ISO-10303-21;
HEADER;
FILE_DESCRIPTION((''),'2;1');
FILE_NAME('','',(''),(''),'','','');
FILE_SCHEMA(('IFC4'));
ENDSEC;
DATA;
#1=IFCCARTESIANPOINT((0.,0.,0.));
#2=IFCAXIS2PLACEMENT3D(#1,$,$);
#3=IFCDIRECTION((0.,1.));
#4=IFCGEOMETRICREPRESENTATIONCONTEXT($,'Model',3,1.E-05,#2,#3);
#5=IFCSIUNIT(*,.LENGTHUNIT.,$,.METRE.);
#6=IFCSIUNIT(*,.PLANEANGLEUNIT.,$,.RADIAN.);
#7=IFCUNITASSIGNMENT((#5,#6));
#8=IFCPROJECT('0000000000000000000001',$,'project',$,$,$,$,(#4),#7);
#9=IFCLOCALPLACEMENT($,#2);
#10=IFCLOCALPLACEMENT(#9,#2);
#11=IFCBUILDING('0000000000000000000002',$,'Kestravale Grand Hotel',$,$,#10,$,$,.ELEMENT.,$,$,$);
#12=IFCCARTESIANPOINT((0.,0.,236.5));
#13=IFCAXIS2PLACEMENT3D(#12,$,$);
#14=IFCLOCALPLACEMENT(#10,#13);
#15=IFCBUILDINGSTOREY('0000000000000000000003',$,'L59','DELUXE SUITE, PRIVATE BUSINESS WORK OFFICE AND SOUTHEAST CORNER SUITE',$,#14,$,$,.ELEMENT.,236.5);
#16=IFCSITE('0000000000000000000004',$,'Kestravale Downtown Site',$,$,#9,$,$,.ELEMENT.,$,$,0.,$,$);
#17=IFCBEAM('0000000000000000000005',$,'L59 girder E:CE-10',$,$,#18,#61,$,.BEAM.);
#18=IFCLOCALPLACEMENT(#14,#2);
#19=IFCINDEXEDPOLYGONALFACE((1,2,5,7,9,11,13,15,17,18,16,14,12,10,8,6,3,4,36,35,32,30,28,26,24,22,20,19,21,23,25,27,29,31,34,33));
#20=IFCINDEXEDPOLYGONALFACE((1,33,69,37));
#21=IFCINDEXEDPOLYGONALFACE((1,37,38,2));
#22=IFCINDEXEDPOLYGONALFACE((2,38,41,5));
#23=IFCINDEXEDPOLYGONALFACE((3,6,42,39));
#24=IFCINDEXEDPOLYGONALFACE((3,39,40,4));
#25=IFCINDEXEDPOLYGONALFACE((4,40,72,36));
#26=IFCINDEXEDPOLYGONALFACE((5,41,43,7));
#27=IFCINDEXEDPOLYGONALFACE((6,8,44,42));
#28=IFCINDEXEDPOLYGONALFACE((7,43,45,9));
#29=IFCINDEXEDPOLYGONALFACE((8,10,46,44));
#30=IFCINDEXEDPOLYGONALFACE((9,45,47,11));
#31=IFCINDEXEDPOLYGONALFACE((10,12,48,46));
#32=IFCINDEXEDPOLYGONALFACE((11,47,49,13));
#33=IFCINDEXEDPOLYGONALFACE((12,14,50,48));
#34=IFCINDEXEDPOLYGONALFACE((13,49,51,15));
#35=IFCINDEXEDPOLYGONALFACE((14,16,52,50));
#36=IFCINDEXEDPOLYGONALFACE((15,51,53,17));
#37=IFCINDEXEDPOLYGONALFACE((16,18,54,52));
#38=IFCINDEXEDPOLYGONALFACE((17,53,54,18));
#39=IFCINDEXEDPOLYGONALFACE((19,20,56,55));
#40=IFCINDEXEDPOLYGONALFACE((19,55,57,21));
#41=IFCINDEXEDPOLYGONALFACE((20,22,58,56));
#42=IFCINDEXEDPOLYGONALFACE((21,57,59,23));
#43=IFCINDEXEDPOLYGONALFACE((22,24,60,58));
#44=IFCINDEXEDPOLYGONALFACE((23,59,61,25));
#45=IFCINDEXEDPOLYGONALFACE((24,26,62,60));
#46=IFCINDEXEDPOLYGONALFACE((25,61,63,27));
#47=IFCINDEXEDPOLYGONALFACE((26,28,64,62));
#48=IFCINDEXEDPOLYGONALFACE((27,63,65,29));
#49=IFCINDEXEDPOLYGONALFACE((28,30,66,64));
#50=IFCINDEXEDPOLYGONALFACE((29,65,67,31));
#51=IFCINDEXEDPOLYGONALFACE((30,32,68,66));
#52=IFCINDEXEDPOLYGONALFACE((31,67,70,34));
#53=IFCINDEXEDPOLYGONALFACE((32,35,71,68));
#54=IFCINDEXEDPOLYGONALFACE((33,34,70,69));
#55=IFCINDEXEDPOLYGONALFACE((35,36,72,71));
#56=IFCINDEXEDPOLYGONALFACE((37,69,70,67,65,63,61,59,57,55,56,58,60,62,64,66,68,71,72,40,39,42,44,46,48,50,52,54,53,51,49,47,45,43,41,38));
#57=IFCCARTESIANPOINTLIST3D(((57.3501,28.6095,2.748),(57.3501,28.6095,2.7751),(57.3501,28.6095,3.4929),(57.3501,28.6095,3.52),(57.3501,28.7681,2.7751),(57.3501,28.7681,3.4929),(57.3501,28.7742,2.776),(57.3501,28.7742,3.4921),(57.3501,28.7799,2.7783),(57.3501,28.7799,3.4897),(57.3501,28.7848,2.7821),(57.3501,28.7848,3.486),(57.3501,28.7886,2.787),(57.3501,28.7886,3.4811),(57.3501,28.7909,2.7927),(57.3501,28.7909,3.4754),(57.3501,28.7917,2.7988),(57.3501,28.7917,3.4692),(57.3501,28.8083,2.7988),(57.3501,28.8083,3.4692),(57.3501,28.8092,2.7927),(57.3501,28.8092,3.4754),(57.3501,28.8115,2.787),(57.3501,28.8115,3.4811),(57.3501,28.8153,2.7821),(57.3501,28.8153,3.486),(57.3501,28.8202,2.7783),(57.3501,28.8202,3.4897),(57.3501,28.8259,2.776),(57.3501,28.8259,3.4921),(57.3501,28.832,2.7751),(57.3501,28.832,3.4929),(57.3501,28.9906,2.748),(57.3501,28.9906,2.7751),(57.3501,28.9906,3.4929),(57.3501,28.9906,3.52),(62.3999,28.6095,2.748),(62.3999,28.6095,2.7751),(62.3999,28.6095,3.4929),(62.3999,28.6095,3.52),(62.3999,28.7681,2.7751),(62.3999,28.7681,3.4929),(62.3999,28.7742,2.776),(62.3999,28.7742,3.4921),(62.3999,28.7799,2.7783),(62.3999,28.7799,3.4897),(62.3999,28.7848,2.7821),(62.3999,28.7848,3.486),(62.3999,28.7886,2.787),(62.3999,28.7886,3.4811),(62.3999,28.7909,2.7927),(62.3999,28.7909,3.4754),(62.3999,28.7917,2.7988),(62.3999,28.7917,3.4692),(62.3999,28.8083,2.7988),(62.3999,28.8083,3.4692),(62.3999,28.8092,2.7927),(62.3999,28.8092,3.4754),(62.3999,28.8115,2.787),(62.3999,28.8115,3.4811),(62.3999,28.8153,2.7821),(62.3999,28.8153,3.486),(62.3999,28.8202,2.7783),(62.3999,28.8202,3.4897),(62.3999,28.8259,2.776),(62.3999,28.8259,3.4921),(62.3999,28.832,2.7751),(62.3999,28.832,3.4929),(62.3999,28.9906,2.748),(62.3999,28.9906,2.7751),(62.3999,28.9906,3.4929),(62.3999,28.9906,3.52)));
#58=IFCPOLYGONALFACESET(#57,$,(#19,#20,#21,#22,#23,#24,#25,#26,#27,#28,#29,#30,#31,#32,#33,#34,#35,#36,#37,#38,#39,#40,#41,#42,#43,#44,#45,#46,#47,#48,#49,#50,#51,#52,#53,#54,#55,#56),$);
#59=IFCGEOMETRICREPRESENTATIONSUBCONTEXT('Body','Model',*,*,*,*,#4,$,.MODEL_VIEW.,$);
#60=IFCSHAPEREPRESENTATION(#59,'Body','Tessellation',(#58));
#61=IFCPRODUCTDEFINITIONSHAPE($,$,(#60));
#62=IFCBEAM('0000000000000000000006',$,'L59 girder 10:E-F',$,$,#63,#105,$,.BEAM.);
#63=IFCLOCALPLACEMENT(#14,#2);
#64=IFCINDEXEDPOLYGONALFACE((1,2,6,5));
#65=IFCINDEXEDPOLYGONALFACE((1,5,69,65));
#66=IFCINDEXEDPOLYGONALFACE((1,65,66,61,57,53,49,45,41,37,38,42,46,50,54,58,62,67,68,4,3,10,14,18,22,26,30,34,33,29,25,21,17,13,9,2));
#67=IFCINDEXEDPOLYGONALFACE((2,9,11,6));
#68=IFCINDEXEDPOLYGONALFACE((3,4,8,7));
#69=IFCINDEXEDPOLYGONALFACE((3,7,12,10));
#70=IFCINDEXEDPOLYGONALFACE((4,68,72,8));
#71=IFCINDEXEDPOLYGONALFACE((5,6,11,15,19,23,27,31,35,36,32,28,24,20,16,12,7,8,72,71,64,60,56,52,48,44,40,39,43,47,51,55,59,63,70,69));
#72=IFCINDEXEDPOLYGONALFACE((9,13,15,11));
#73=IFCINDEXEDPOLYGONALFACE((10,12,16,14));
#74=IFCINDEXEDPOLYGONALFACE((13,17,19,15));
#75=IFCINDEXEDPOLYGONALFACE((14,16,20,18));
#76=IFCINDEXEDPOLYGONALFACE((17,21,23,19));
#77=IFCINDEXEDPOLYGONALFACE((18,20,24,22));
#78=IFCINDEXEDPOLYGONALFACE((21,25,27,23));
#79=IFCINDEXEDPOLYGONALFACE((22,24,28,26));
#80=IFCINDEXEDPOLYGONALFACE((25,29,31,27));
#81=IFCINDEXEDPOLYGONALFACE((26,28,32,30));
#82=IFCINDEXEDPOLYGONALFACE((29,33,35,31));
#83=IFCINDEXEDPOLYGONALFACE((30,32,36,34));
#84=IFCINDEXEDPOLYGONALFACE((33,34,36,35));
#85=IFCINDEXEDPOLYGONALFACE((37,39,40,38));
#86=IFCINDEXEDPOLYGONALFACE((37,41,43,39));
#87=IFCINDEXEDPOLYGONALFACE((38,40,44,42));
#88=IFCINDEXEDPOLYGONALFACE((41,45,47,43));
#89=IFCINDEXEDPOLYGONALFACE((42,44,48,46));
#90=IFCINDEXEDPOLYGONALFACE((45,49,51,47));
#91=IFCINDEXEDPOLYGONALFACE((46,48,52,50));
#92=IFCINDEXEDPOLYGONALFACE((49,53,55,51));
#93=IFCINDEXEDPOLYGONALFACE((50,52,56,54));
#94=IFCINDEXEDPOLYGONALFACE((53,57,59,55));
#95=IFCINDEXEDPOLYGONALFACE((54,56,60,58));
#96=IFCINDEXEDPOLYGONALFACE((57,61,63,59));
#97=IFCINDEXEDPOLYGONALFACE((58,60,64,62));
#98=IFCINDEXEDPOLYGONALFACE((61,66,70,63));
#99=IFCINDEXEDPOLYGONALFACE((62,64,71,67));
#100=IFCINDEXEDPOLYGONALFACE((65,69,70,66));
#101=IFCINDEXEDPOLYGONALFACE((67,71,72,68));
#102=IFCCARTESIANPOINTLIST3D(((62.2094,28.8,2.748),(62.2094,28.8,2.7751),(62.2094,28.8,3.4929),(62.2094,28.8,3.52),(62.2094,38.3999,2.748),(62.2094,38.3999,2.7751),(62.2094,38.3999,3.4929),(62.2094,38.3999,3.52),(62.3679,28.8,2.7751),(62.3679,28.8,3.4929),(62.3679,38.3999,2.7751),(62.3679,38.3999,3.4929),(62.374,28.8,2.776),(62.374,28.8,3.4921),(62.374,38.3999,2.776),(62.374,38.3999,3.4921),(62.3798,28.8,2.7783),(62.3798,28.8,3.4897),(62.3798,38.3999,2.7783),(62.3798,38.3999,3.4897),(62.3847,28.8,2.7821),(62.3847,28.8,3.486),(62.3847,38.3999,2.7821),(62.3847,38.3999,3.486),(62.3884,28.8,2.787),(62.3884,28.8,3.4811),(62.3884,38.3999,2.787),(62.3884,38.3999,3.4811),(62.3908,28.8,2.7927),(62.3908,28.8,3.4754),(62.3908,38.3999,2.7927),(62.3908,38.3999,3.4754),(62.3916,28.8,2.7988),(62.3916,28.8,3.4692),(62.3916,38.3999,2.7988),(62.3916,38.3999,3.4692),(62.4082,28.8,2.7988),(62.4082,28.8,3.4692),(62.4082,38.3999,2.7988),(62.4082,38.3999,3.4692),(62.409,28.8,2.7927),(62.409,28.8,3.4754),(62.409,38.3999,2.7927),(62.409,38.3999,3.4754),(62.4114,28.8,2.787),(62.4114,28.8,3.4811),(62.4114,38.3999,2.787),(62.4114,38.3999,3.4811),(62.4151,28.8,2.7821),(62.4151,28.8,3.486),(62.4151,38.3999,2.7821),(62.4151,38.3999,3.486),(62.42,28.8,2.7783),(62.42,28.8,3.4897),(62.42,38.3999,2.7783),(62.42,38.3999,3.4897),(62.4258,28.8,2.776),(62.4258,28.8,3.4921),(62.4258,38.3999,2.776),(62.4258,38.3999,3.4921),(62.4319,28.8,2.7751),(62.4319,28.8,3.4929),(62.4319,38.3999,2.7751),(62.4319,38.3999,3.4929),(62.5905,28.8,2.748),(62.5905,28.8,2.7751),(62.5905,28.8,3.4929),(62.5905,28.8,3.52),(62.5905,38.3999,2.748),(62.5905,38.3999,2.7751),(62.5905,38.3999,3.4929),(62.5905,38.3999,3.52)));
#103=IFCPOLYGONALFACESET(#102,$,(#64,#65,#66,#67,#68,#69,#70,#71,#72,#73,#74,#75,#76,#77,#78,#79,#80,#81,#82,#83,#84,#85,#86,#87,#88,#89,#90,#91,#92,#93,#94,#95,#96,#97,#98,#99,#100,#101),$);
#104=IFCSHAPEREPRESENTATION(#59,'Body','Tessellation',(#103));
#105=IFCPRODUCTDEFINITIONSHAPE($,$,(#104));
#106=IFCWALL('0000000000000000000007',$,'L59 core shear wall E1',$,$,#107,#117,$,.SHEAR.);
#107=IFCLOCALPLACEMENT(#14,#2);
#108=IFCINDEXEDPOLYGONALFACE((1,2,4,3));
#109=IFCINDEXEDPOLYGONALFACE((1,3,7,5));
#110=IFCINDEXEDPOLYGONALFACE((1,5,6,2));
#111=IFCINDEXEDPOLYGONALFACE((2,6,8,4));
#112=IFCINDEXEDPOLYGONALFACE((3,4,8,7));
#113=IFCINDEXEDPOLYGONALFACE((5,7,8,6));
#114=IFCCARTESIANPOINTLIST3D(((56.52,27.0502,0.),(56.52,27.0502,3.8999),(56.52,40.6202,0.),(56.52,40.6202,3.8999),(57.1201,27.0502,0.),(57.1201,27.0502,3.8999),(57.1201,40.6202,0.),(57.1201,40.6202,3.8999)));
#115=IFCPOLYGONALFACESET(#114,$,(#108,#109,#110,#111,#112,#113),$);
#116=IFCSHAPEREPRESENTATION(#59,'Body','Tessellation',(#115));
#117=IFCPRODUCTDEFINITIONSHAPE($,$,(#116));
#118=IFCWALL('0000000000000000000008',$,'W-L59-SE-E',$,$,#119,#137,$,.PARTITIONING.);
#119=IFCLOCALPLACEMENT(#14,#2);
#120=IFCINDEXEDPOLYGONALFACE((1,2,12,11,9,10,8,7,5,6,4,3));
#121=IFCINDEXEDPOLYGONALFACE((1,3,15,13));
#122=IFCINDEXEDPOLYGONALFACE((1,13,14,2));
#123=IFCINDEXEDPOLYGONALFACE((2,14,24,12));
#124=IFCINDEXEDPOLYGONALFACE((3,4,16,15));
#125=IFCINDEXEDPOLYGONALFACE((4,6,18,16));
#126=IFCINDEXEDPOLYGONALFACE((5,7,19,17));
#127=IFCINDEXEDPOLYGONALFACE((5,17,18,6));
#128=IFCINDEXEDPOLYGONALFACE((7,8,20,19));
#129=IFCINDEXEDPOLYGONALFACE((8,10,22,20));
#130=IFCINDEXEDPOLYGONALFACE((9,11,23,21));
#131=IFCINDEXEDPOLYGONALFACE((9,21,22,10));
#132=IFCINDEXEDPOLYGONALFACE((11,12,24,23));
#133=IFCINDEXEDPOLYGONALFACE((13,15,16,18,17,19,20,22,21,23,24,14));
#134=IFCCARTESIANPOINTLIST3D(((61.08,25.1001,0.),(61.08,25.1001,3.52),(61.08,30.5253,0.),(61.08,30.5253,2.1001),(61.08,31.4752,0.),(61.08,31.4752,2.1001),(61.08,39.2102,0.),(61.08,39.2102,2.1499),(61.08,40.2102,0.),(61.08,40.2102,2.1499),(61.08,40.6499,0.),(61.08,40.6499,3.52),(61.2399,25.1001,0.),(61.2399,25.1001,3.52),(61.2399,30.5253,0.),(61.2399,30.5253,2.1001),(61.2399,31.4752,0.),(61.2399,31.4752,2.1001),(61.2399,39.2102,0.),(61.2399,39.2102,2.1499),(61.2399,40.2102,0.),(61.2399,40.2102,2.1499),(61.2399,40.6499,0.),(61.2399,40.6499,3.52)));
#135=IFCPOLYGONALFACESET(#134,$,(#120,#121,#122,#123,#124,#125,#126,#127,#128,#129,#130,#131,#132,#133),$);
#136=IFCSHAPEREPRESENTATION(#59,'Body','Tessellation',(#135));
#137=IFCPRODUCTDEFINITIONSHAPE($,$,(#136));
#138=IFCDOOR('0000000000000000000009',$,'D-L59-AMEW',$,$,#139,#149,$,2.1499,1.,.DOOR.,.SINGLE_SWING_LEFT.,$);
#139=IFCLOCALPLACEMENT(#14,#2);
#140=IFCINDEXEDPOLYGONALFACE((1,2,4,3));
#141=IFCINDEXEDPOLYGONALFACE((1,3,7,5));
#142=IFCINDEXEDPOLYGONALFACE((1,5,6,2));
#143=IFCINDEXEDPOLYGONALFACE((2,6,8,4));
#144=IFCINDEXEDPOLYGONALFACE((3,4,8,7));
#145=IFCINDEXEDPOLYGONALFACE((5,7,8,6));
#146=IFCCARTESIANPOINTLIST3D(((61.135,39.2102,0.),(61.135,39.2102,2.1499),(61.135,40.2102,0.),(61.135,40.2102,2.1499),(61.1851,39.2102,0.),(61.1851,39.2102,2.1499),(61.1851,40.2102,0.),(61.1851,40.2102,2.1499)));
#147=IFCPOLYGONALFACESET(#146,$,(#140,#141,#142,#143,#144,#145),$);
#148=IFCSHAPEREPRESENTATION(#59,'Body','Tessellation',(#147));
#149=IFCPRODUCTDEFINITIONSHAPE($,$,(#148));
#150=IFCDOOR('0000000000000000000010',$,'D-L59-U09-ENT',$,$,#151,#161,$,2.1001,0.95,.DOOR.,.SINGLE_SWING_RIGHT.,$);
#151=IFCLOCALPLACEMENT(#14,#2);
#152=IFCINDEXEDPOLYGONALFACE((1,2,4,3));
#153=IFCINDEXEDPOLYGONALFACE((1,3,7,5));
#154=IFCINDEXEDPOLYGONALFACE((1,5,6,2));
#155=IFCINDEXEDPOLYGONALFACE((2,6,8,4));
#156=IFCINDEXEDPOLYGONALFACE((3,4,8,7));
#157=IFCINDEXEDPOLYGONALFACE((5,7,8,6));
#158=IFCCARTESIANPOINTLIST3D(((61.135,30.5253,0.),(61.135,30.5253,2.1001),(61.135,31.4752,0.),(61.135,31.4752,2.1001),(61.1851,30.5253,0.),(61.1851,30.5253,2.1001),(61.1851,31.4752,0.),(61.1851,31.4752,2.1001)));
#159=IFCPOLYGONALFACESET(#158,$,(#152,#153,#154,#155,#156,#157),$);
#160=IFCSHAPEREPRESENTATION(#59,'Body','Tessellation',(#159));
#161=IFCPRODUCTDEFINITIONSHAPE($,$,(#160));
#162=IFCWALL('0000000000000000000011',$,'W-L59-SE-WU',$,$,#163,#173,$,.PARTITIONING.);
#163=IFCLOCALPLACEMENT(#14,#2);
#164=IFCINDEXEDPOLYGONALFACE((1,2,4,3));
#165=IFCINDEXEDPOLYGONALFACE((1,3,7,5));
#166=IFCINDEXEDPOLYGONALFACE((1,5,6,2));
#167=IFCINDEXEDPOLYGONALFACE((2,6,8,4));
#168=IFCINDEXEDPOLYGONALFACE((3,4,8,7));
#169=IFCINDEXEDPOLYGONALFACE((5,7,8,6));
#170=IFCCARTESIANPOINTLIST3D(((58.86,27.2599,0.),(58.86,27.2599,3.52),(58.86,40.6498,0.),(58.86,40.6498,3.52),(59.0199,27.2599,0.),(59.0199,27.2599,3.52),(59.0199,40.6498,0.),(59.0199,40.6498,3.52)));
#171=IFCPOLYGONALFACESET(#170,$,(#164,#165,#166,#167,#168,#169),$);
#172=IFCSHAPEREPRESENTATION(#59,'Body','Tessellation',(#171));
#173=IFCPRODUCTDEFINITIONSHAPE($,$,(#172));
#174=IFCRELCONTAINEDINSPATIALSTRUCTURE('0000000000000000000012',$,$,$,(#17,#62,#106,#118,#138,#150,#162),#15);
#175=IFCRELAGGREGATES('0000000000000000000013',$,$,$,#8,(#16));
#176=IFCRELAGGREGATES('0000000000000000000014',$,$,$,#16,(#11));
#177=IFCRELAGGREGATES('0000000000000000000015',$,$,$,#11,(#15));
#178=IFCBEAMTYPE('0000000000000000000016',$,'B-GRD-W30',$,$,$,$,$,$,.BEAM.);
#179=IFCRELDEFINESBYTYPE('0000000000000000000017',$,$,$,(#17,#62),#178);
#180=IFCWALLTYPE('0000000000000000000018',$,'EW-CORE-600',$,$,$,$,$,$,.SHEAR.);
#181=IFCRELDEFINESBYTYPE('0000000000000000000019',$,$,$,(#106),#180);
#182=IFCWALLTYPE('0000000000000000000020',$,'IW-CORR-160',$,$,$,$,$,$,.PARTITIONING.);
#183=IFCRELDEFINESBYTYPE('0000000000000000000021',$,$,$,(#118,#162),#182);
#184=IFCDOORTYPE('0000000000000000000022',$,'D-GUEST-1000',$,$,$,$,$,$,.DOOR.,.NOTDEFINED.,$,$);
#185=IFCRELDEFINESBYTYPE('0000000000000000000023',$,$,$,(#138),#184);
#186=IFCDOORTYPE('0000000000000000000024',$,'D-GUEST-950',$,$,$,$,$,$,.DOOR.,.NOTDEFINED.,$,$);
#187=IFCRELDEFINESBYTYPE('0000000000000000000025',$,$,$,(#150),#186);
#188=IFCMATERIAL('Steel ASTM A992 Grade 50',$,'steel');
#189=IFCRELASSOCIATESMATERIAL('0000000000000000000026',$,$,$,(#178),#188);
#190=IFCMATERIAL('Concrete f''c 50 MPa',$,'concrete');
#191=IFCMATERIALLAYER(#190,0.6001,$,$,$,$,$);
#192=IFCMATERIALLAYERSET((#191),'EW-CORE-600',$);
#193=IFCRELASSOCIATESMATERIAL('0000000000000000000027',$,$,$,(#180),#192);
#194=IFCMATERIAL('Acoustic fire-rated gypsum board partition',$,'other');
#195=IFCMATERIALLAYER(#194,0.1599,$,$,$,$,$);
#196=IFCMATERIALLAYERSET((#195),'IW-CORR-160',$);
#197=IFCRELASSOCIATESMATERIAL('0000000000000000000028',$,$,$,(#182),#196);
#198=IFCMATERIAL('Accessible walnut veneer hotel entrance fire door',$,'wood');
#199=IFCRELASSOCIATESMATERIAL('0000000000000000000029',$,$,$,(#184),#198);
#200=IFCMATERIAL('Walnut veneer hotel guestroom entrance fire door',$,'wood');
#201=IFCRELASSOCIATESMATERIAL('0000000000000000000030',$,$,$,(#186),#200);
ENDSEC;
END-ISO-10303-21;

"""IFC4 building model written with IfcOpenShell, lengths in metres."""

from ifc_helpers import new_model, si_unit, direction, frame, frame_2d, origin, origin_2d, place, context, subcontext, project, spatial, rectangle, i_section, extrude, material, layer, layer_set, material_profile, profile_set, type_object, element, fill, save


model = new_model("IFC4")

# Units and contexts
model_context = context("Model", 3, precision=1e-05, world=origin(), true_north=direction((0.0, 1.0)))
body_context = subcontext(model_context, "Body", "Model", "MODEL_VIEW")
ifc_project = project(units=[si_unit("LENGTHUNIT", "METRE"), si_unit("PLANEANGLEUNIT", "RADIAN")], contexts=[model_context])

# Site, building, storey
site_placement = place(None, origin())
site = spatial("IfcSite", under=ifc_project, at=site_placement, Name="Kestravale Downtown Site", CompositionType="ELEMENT", RefElevation=0.0)
building_placement = place(site_placement, origin())
building = spatial("IfcBuilding", under=site, at=building_placement, Name="Kestravale Grand Hotel", CompositionType="ELEMENT")
storey_placement = place(building_placement, frame((0.0, 0.0, 236.5)))
storey = spatial("IfcBuildingStorey", under=building, at=storey_placement, Name="L59", Description="DELUXE SUITE, PRIVATE BUSINESS WORK OFFICE AND SOUTHEAST CORNER SUITE", CompositionType="ELEMENT", Elevation=236.5)

# Beams
ifc_material_1 = material(Name="Steel ASTM A992 Grade 50", Category="steel")
ifc_material_profile_1 = material_profile(ifc_material_1, i_section(OverallWidth=0.3811, OverallDepth=0.772, WebThickness=0.0166, FlangeThickness=0.0271, FilletRadius=0.0237, at=origin_2d()))
ifc_profile_set_1 = profile_set([ifc_material_profile_1], Name="Steel ASTM A992 Grade 50")
beam_type_1 = type_object("IfcBeamType", Name="B-GRD-W30", PredefinedType="BEAM", material=ifc_profile_set_1)
beam_1_placement = place(storey_placement, frame((57.3501, 28.8, 3.134), z_axis=(1.0, 0.0, 0.0), x_axis=(0.0, 1.0, 0.0)))
element("IfcBeam", 1, at=beam_1_placement, inside=storey, type_object=beam_type_1, Name="L59 girder E:CE-10", PredefinedType="BEAM", context=body_context, shape_type="SweptSolid", body=[
    extrude(i_section(OverallWidth=0.3811, OverallDepth=0.772, WebThickness=0.0166, FlangeThickness=0.0271, FilletRadius=0.0237, at=origin_2d()), origin(), (0.0, 0.0, 1.0), 5.0498),
])
beam_2_placement = place(storey_placement, frame((62.3999, 28.8, 3.134), z_axis=(0.0, 1.0, 0.0), x_axis=(-1.0, 0.0, 0.0)))
element("IfcBeam", 2, at=beam_2_placement, inside=storey, type_object=beam_type_1, Name="L59 girder 10:E-F", PredefinedType="BEAM", context=body_context, shape_type="SweptSolid", body=[
    extrude(i_section(OverallWidth=0.3811, OverallDepth=0.772, WebThickness=0.0166, FlangeThickness=0.0271, FilletRadius=0.0237, at=origin_2d()), origin(), (0.0, 0.0, 1.0), 9.5999),
])

# Wall
ifc_material_2 = material(Name="Concrete f'c 50 MPa", Category="concrete")
ifc_layer_1 = layer(ifc_material_2, 0.6001)
ifc_layer_set_1 = layer_set([ifc_layer_1], Name="EW-CORE-600")
wall_type_1 = type_object("IfcWallType", Name="EW-CORE-600", PredefinedType="SHEAR", material=ifc_layer_set_1)
wall_1_placement = place(storey_placement, frame((56.8201, 27.05, 0.0), z_axis=(0.0, 0.0, 1.0), x_axis=(0.0, 1.0, 0.0)))
element("IfcWall", 3, at=wall_1_placement, inside=storey, type_object=wall_type_1, Name="L59 core shear wall E1", PredefinedType="SHEAR", context=body_context, shape_type="SweptSolid", body=[
    extrude(rectangle(XDim=13.5701, YDim=0.6001, at=frame_2d((6.7852, 0.0))), origin(), (0.0, 0.0, 1.0), 3.8999),
])

# Wall, openings, doors
ifc_material_3 = material(Name="Acoustic fire-rated gypsum board partition", Category="other")
ifc_layer_2 = layer(ifc_material_3, 0.1599)
ifc_layer_set_2 = layer_set([ifc_layer_2], Name="IW-CORR-160")
wall_type_2 = type_object("IfcWallType", Name="IW-CORR-160", PredefinedType="PARTITIONING", material=ifc_layer_set_2)
wall_2_placement = place(storey_placement, frame((61.1599, 25.1001, 0.0), z_axis=(0.0, 0.0, 1.0), x_axis=(0.0, 1.0, 0.0)))
wall_2 = element("IfcWall", 4, at=wall_2_placement, inside=storey, type_object=wall_type_2, Name="W-L59-SE-E", PredefinedType="PARTITIONING", context=body_context, shape_type="SweptSolid", body=[
    extrude(rectangle(XDim=15.5498, YDim=0.1599, at=frame_2d((7.7749, 0.0))), origin(), (0.0, 0.0, 1.0), 3.52),
])
opening_1_placement = place(wall_2_placement, frame((5.425, 0.0, 0.0)))
opening_1 = element("IfcOpeningElement", 5, at=opening_1_placement, cuts=wall_2, PredefinedType="OPENING", context=body_context, shape_type="SweptSolid", body=[
    extrude(rectangle(XDim=0.95, YDim=2.1001, at=frame_2d((0.4751, 1.05))), frame((0.0, 0.0898, 0.0), z_axis=(0.0, -1.0, 0.0), x_axis=(1.0, 0.0, 0.0)), (0.0, 0.0, 1.0), 0.1799),
])
opening_2_placement = place(wall_2_placement, frame((14.1101, 0.0, 0.0)))
opening_2 = element("IfcOpeningElement", 6, at=opening_2_placement, cuts=wall_2, PredefinedType="OPENING", context=body_context, shape_type="SweptSolid", body=[
    extrude(rectangle(XDim=1.0, YDim=2.1499, at=frame_2d((0.5, 1.075))), frame((0.0, 0.0898, 0.0), z_axis=(0.0, -1.0, 0.0), x_axis=(1.0, 0.0, 0.0)), (0.0, 0.0, 1.0), 0.1799),
])
ifc_material_4 = material(Name="Accessible walnut veneer hotel entrance fire door", Category="wood")
door_type_1 = type_object("IfcDoorType", Name="D-GUEST-1000", OperationType="NOTDEFINED", PredefinedType="DOOR", material=ifc_material_4)
door_1_placement = place(opening_2_placement, origin())
door_1 = element("IfcDoor", 7, at=door_1_placement, inside=storey, type_object=door_type_1, Name="D-L59-AMEW", OperationType="SINGLE_SWING_LEFT", OverallHeight=2.1499, OverallWidth=1.0, PredefinedType="DOOR", context=body_context, shape_type="SweptSolid", body=[
    extrude(rectangle(XDim=1.0, YDim=2.1499, at=frame_2d((0.5, 1.075))), frame((0.0, 0.0249, 0.0), z_axis=(0.0, -1.0, 0.0), x_axis=(1.0, 0.0, 0.0)), (0.0, 0.0, 1.0), 0.05),
])
fill(opening_2, door_1)
ifc_material_5 = material(Name="Walnut veneer hotel guestroom entrance fire door", Category="wood")
door_type_2 = type_object("IfcDoorType", Name="D-GUEST-950", OperationType="NOTDEFINED", PredefinedType="DOOR", material=ifc_material_5)
door_2_placement = place(opening_1_placement, origin())
door_2 = element("IfcDoor", 8, at=door_2_placement, inside=storey, type_object=door_type_2, Name="D-L59-U09-ENT", OperationType="SINGLE_SWING_RIGHT", OverallHeight=2.1001, OverallWidth=0.95, PredefinedType="DOOR", context=body_context, shape_type="SweptSolid", body=[
    extrude(rectangle(XDim=0.95, YDim=2.1001, at=frame_2d((0.4751, 1.05))), frame((0.0, 0.0249, 0.0), z_axis=(0.0, -1.0, 0.0), x_axis=(1.0, 0.0, 0.0)), (0.0, 0.0, 1.0), 0.05),
])
fill(opening_1, door_2)

# Wall
wall_3_placement = place(storey_placement, frame((58.9399, 27.26, 0.0), z_axis=(0.0, 0.0, 1.0), x_axis=(0.0, 1.0, 0.0)))
element("IfcWall", 9, at=wall_3_placement, inside=storey, type_object=wall_type_2, Name="W-L59-SE-WU", PredefinedType="PARTITIONING", context=body_context, shape_type="SweptSolid", body=[
    extrude(rectangle(XDim=13.3899, YDim=0.1599, at=frame_2d((6.6948, 0.0))), origin(), (0.0, 0.0, 1.0), 3.52),
])

save(model, "model.ifc")
